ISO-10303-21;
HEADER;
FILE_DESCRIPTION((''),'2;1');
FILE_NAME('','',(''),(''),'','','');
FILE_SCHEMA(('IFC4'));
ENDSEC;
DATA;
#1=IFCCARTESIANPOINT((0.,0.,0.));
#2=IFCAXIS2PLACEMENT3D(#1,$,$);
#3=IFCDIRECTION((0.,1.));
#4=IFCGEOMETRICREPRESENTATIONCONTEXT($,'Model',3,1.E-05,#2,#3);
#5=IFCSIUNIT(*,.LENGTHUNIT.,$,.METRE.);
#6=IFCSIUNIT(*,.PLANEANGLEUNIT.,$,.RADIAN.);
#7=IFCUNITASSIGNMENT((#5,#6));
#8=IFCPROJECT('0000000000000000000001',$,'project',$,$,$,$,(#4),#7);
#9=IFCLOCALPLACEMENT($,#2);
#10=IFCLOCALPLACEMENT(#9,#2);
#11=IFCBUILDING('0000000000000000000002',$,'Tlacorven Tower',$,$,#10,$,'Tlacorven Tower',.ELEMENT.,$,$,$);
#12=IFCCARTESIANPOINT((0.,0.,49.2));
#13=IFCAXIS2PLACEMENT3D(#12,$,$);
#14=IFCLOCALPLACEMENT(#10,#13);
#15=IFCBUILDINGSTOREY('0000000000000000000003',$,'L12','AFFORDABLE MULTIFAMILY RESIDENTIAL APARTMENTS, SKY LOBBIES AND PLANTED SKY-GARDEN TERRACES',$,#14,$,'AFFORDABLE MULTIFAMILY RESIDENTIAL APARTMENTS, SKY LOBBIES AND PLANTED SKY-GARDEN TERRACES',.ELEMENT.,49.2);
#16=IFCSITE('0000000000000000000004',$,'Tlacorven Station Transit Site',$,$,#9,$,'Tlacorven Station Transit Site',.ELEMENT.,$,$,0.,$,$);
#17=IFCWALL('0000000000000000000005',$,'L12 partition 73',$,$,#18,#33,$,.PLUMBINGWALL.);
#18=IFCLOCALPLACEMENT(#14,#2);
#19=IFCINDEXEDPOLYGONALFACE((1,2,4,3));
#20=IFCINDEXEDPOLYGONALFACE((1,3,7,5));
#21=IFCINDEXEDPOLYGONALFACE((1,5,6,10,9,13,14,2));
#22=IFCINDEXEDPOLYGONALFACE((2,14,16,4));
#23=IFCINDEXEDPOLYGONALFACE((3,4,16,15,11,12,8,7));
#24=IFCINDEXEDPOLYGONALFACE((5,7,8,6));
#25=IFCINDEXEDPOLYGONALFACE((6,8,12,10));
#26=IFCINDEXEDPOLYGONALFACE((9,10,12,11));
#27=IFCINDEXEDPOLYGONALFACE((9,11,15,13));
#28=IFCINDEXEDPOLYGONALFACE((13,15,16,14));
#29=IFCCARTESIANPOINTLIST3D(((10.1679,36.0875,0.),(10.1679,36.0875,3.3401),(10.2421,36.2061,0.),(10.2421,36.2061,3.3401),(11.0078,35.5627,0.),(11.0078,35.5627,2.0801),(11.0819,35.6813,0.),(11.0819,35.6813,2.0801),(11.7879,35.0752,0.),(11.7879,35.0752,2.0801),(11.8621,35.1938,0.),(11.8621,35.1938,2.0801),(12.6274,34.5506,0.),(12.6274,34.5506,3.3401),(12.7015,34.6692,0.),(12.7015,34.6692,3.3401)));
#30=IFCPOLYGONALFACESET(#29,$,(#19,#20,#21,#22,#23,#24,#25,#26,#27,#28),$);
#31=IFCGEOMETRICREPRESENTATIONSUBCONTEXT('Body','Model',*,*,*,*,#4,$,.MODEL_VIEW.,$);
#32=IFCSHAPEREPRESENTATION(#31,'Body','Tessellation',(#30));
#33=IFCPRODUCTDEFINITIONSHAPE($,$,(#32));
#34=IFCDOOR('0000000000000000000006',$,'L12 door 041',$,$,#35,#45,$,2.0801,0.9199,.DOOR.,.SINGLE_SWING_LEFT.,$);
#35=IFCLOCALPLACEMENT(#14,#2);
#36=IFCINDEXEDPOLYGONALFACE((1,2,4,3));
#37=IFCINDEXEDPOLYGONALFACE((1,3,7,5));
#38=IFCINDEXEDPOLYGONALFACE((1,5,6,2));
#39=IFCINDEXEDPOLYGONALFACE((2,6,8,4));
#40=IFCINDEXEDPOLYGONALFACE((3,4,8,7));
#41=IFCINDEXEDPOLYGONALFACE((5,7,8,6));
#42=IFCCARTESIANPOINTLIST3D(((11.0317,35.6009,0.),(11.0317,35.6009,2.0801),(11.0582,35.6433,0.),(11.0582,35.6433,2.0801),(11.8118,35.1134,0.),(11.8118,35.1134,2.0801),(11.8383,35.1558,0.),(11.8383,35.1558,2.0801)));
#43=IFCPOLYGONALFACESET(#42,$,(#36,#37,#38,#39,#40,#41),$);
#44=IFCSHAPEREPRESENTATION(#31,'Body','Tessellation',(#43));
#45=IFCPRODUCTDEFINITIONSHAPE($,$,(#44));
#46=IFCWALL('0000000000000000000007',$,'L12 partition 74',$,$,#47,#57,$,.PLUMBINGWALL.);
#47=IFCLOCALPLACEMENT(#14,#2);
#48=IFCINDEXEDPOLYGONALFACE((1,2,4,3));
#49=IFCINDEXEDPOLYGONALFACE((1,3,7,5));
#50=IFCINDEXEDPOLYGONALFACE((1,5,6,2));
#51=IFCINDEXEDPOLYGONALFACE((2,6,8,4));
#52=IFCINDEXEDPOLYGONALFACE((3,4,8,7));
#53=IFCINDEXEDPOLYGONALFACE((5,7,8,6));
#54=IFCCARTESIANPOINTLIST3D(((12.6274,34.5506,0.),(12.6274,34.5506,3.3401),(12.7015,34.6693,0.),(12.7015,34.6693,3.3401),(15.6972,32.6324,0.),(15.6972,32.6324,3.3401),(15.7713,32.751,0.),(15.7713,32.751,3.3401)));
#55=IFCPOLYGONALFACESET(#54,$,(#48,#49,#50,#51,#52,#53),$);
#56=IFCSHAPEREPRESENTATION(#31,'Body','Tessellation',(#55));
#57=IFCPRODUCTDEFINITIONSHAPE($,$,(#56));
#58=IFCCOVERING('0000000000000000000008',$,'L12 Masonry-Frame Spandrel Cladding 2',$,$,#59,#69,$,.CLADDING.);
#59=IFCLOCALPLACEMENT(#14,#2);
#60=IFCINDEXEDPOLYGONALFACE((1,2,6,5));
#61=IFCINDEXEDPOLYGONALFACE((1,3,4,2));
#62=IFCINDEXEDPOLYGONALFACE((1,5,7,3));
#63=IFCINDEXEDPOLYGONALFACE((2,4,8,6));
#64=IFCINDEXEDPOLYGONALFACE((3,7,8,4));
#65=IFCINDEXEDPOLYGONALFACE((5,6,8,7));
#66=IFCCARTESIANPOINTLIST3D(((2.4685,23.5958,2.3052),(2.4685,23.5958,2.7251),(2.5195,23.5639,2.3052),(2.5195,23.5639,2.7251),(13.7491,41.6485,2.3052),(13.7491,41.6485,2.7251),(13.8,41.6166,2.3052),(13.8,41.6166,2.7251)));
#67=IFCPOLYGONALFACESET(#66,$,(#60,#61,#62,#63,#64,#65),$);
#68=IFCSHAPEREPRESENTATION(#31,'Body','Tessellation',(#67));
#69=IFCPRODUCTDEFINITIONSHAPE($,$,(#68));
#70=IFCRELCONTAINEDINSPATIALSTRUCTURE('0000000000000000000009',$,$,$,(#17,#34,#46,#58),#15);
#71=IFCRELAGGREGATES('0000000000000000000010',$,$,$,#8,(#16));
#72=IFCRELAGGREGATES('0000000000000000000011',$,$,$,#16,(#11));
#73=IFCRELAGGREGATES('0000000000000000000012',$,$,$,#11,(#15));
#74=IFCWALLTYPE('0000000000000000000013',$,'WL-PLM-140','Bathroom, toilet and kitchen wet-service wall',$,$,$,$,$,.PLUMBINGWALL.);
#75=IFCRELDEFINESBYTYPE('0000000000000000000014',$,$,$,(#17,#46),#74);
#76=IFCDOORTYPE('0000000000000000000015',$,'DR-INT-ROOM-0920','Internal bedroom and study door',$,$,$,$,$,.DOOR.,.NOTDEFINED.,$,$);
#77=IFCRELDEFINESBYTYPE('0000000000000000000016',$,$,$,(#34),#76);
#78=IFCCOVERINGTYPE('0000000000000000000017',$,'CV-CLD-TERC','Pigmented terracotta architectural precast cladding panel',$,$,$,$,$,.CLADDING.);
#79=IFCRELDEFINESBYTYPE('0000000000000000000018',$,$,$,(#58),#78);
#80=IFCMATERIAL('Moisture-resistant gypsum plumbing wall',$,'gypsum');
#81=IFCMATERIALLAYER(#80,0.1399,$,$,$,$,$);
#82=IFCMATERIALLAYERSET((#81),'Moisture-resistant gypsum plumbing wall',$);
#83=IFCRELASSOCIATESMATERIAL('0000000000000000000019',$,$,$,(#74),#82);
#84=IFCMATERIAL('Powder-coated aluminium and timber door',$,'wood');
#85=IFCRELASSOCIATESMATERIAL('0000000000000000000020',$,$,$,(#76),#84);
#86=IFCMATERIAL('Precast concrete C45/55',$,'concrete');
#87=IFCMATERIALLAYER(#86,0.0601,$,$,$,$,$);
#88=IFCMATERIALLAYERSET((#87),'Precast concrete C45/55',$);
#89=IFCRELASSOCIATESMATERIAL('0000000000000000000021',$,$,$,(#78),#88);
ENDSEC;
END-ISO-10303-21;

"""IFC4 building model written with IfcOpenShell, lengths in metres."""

from ifc_helpers import new_model, si_unit, direction, frame, frame_2d, origin, origin_2d, place, context, subcontext, project, spatial, rectangle, extrude, source, transform, mapped, material, layer, layer_set, type_object, element, fill, save


model = new_model("IFC4")

# Units and contexts
model_context = context("Model", 3, precision=1e-05, world=origin(), true_north=direction((0.0, 1.0)))
body_context = subcontext(model_context, "Body", "Model", "MODEL_VIEW")
ifc_project = project(units=[si_unit("LENGTHUNIT", "METRE"), si_unit("PLANEANGLEUNIT", "RADIAN")], contexts=[model_context])

# Site, building, storey
site_placement = place(None, origin())
site = spatial("IfcSite", under=ifc_project, at=site_placement, Name="Tlacorven Station Transit Site", LongName="Tlacorven Station Transit Site", CompositionType="ELEMENT", RefElevation=0.0)
building_placement = place(site_placement, origin())
building = spatial("IfcBuilding", under=site, at=building_placement, Name="Tlacorven Tower", LongName="Tlacorven Tower", CompositionType="ELEMENT")
storey_placement = place(building_placement, frame((0.0, 0.0, 49.2)))
storey = spatial("IfcBuildingStorey", under=building, at=storey_placement, Name="L12", Description="AFFORDABLE MULTIFAMILY RESIDENTIAL APARTMENTS, SKY LOBBIES AND PLANTED SKY-GARDEN TERRACES", LongName="AFFORDABLE MULTIFAMILY RESIDENTIAL APARTMENTS, SKY LOBBIES AND PLANTED SKY-GARDEN TERRACES", CompositionType="ELEMENT", Elevation=49.2)

# Wall, opening, door
ifc_material_1 = material(Name="Moisture-resistant gypsum plumbing wall", Category="gypsum")
ifc_layer_1 = layer(ifc_material_1, 0.1399)
ifc_layer_set_1 = layer_set([ifc_layer_1], Name="Moisture-resistant gypsum plumbing wall")
wall_type_1 = type_object("IfcWallType", Name="WL-PLM-140", Description="Bathroom, toilet and kitchen wet-service wall", PredefinedType="PLUMBINGWALL", material=ifc_layer_set_1)
wall_1_placement = place(storey_placement, frame((12.6646, 34.6099, 0.0), z_axis=(0.0, 0.0, 1.0), x_axis=(-0.848046, 0.529923, 0.0)))
wall_1 = element("IfcWall", 1, at=wall_1_placement, inside=storey, type_object=wall_type_1, Name="L12 partition 73", PredefinedType="PLUMBINGWALL", context=body_context, shape_type="SweptSolid", body=[
    extrude(rectangle(XDim=2.9001, YDim=0.1399, at=frame_2d((1.4502, 0.0))), origin(), (0.0, 0.0, 1.0), 3.3401),
])
opening_placement = place(wall_1_placement, frame((0.99, 0.0, 0.0)))
opening = element("IfcOpeningElement", 2, at=opening_placement, cuts=wall_1, PredefinedType="OPENING", context=body_context, shape_type="SweptSolid", body=[
    extrude(rectangle(XDim=0.9199, YDim=2.0801, at=frame_2d((0.46, 1.04))), frame((0.0, 0.0801, 0.0), z_axis=(0.0, -1.0, 0.0), x_axis=(1.0, 0.0, 0.0)), (0.0, 0.0, 1.0), 0.1599),
])
ifc_material_2 = material(Name="Powder-coated aluminium and timber door", Category="wood")
door_type = type_object("IfcDoorType", Name="DR-INT-ROOM-0920", Description="Internal bedroom and study door", OperationType="NOTDEFINED", PredefinedType="DOOR", material=ifc_material_2)
shared_shape_1 = source(origin(), body_context, "Body", "SweptSolid", [
    extrude(rectangle(XDim=0.9199, YDim=2.0801, at=frame_2d((0.46, 1.04))), frame((0.0, 0.0249, 0.0), z_axis=(0.0, -1.0, 0.0), x_axis=(1.0, 0.0, 0.0)), (0.0, 0.0, 1.0), 0.05),
])
door_placement = place(opening_placement, origin())
door = element("IfcDoor", 3, at=door_placement, inside=storey, type_object=door_type, Name="L12 door 041", OperationType="SINGLE_SWING_LEFT", OverallHeight=2.0801, OverallWidth=0.9199, PredefinedType="DOOR", context=body_context, shape_type="MappedRepresentation", body=[
    mapped(shared_shape_1, transform((0.0, 0.0, 0.0), scale=1.0)),
])
fill(opening, door)

# Wall
wall_2_placement = place(storey_placement, frame((15.7344, 32.6917, 0.0), z_axis=(0.0, 0.0, 1.0), x_axis=(-0.848051, 0.529914, 0.0)))
element("IfcWall", 4, at=wall_2_placement, inside=storey, type_object=wall_type_1, Name="L12 partition 74", PredefinedType="PLUMBINGWALL", context=body_context, shape_type="SweptSolid", body=[
    extrude(rectangle(XDim=3.6199, YDim=0.1399, at=frame_2d((1.8101, 0.0))), origin(), (0.0, 0.0, 1.0), 3.3401),
])

# Covering
ifc_material_3 = material(Name="Precast concrete C45/55", Category="concrete")
ifc_layer_2 = layer(ifc_material_3, 0.0601)
ifc_layer_set_2 = layer_set([ifc_layer_2], Name="Precast concrete C45/55")
covering_type = type_object("IfcCoveringType", Name="CV-CLD-TERC", Description="Pigmented terracotta architectural precast cladding panel", PredefinedType="CLADDING", material=ifc_layer_set_2)
shared_shape_2 = source(origin(), body_context, "Body", "SweptSolid", [
    extrude(rectangle(XDim=21.2874, YDim=0.0601, at=origin_2d()), origin(), (0.0, 0.0, 1.0), 0.4199),
])
covering_placement = place(storey_placement, frame((8.1343, 32.6062, 2.3052), z_axis=(0.0, 0.0, 1.0), x_axis=(0.529919, 0.848048, 0.0)))
element("IfcCovering", 5, at=covering_placement, inside=storey, type_object=covering_type, Name="L12 Masonry-Frame Spandrel Cladding 2", PredefinedType="CLADDING", context=body_context, shape_type="MappedRepresentation", body=[
    mapped(shared_shape_2, transform((0.0, 0.0, 0.0), scale=1.0)),
])

save(model, "model.ifc")
